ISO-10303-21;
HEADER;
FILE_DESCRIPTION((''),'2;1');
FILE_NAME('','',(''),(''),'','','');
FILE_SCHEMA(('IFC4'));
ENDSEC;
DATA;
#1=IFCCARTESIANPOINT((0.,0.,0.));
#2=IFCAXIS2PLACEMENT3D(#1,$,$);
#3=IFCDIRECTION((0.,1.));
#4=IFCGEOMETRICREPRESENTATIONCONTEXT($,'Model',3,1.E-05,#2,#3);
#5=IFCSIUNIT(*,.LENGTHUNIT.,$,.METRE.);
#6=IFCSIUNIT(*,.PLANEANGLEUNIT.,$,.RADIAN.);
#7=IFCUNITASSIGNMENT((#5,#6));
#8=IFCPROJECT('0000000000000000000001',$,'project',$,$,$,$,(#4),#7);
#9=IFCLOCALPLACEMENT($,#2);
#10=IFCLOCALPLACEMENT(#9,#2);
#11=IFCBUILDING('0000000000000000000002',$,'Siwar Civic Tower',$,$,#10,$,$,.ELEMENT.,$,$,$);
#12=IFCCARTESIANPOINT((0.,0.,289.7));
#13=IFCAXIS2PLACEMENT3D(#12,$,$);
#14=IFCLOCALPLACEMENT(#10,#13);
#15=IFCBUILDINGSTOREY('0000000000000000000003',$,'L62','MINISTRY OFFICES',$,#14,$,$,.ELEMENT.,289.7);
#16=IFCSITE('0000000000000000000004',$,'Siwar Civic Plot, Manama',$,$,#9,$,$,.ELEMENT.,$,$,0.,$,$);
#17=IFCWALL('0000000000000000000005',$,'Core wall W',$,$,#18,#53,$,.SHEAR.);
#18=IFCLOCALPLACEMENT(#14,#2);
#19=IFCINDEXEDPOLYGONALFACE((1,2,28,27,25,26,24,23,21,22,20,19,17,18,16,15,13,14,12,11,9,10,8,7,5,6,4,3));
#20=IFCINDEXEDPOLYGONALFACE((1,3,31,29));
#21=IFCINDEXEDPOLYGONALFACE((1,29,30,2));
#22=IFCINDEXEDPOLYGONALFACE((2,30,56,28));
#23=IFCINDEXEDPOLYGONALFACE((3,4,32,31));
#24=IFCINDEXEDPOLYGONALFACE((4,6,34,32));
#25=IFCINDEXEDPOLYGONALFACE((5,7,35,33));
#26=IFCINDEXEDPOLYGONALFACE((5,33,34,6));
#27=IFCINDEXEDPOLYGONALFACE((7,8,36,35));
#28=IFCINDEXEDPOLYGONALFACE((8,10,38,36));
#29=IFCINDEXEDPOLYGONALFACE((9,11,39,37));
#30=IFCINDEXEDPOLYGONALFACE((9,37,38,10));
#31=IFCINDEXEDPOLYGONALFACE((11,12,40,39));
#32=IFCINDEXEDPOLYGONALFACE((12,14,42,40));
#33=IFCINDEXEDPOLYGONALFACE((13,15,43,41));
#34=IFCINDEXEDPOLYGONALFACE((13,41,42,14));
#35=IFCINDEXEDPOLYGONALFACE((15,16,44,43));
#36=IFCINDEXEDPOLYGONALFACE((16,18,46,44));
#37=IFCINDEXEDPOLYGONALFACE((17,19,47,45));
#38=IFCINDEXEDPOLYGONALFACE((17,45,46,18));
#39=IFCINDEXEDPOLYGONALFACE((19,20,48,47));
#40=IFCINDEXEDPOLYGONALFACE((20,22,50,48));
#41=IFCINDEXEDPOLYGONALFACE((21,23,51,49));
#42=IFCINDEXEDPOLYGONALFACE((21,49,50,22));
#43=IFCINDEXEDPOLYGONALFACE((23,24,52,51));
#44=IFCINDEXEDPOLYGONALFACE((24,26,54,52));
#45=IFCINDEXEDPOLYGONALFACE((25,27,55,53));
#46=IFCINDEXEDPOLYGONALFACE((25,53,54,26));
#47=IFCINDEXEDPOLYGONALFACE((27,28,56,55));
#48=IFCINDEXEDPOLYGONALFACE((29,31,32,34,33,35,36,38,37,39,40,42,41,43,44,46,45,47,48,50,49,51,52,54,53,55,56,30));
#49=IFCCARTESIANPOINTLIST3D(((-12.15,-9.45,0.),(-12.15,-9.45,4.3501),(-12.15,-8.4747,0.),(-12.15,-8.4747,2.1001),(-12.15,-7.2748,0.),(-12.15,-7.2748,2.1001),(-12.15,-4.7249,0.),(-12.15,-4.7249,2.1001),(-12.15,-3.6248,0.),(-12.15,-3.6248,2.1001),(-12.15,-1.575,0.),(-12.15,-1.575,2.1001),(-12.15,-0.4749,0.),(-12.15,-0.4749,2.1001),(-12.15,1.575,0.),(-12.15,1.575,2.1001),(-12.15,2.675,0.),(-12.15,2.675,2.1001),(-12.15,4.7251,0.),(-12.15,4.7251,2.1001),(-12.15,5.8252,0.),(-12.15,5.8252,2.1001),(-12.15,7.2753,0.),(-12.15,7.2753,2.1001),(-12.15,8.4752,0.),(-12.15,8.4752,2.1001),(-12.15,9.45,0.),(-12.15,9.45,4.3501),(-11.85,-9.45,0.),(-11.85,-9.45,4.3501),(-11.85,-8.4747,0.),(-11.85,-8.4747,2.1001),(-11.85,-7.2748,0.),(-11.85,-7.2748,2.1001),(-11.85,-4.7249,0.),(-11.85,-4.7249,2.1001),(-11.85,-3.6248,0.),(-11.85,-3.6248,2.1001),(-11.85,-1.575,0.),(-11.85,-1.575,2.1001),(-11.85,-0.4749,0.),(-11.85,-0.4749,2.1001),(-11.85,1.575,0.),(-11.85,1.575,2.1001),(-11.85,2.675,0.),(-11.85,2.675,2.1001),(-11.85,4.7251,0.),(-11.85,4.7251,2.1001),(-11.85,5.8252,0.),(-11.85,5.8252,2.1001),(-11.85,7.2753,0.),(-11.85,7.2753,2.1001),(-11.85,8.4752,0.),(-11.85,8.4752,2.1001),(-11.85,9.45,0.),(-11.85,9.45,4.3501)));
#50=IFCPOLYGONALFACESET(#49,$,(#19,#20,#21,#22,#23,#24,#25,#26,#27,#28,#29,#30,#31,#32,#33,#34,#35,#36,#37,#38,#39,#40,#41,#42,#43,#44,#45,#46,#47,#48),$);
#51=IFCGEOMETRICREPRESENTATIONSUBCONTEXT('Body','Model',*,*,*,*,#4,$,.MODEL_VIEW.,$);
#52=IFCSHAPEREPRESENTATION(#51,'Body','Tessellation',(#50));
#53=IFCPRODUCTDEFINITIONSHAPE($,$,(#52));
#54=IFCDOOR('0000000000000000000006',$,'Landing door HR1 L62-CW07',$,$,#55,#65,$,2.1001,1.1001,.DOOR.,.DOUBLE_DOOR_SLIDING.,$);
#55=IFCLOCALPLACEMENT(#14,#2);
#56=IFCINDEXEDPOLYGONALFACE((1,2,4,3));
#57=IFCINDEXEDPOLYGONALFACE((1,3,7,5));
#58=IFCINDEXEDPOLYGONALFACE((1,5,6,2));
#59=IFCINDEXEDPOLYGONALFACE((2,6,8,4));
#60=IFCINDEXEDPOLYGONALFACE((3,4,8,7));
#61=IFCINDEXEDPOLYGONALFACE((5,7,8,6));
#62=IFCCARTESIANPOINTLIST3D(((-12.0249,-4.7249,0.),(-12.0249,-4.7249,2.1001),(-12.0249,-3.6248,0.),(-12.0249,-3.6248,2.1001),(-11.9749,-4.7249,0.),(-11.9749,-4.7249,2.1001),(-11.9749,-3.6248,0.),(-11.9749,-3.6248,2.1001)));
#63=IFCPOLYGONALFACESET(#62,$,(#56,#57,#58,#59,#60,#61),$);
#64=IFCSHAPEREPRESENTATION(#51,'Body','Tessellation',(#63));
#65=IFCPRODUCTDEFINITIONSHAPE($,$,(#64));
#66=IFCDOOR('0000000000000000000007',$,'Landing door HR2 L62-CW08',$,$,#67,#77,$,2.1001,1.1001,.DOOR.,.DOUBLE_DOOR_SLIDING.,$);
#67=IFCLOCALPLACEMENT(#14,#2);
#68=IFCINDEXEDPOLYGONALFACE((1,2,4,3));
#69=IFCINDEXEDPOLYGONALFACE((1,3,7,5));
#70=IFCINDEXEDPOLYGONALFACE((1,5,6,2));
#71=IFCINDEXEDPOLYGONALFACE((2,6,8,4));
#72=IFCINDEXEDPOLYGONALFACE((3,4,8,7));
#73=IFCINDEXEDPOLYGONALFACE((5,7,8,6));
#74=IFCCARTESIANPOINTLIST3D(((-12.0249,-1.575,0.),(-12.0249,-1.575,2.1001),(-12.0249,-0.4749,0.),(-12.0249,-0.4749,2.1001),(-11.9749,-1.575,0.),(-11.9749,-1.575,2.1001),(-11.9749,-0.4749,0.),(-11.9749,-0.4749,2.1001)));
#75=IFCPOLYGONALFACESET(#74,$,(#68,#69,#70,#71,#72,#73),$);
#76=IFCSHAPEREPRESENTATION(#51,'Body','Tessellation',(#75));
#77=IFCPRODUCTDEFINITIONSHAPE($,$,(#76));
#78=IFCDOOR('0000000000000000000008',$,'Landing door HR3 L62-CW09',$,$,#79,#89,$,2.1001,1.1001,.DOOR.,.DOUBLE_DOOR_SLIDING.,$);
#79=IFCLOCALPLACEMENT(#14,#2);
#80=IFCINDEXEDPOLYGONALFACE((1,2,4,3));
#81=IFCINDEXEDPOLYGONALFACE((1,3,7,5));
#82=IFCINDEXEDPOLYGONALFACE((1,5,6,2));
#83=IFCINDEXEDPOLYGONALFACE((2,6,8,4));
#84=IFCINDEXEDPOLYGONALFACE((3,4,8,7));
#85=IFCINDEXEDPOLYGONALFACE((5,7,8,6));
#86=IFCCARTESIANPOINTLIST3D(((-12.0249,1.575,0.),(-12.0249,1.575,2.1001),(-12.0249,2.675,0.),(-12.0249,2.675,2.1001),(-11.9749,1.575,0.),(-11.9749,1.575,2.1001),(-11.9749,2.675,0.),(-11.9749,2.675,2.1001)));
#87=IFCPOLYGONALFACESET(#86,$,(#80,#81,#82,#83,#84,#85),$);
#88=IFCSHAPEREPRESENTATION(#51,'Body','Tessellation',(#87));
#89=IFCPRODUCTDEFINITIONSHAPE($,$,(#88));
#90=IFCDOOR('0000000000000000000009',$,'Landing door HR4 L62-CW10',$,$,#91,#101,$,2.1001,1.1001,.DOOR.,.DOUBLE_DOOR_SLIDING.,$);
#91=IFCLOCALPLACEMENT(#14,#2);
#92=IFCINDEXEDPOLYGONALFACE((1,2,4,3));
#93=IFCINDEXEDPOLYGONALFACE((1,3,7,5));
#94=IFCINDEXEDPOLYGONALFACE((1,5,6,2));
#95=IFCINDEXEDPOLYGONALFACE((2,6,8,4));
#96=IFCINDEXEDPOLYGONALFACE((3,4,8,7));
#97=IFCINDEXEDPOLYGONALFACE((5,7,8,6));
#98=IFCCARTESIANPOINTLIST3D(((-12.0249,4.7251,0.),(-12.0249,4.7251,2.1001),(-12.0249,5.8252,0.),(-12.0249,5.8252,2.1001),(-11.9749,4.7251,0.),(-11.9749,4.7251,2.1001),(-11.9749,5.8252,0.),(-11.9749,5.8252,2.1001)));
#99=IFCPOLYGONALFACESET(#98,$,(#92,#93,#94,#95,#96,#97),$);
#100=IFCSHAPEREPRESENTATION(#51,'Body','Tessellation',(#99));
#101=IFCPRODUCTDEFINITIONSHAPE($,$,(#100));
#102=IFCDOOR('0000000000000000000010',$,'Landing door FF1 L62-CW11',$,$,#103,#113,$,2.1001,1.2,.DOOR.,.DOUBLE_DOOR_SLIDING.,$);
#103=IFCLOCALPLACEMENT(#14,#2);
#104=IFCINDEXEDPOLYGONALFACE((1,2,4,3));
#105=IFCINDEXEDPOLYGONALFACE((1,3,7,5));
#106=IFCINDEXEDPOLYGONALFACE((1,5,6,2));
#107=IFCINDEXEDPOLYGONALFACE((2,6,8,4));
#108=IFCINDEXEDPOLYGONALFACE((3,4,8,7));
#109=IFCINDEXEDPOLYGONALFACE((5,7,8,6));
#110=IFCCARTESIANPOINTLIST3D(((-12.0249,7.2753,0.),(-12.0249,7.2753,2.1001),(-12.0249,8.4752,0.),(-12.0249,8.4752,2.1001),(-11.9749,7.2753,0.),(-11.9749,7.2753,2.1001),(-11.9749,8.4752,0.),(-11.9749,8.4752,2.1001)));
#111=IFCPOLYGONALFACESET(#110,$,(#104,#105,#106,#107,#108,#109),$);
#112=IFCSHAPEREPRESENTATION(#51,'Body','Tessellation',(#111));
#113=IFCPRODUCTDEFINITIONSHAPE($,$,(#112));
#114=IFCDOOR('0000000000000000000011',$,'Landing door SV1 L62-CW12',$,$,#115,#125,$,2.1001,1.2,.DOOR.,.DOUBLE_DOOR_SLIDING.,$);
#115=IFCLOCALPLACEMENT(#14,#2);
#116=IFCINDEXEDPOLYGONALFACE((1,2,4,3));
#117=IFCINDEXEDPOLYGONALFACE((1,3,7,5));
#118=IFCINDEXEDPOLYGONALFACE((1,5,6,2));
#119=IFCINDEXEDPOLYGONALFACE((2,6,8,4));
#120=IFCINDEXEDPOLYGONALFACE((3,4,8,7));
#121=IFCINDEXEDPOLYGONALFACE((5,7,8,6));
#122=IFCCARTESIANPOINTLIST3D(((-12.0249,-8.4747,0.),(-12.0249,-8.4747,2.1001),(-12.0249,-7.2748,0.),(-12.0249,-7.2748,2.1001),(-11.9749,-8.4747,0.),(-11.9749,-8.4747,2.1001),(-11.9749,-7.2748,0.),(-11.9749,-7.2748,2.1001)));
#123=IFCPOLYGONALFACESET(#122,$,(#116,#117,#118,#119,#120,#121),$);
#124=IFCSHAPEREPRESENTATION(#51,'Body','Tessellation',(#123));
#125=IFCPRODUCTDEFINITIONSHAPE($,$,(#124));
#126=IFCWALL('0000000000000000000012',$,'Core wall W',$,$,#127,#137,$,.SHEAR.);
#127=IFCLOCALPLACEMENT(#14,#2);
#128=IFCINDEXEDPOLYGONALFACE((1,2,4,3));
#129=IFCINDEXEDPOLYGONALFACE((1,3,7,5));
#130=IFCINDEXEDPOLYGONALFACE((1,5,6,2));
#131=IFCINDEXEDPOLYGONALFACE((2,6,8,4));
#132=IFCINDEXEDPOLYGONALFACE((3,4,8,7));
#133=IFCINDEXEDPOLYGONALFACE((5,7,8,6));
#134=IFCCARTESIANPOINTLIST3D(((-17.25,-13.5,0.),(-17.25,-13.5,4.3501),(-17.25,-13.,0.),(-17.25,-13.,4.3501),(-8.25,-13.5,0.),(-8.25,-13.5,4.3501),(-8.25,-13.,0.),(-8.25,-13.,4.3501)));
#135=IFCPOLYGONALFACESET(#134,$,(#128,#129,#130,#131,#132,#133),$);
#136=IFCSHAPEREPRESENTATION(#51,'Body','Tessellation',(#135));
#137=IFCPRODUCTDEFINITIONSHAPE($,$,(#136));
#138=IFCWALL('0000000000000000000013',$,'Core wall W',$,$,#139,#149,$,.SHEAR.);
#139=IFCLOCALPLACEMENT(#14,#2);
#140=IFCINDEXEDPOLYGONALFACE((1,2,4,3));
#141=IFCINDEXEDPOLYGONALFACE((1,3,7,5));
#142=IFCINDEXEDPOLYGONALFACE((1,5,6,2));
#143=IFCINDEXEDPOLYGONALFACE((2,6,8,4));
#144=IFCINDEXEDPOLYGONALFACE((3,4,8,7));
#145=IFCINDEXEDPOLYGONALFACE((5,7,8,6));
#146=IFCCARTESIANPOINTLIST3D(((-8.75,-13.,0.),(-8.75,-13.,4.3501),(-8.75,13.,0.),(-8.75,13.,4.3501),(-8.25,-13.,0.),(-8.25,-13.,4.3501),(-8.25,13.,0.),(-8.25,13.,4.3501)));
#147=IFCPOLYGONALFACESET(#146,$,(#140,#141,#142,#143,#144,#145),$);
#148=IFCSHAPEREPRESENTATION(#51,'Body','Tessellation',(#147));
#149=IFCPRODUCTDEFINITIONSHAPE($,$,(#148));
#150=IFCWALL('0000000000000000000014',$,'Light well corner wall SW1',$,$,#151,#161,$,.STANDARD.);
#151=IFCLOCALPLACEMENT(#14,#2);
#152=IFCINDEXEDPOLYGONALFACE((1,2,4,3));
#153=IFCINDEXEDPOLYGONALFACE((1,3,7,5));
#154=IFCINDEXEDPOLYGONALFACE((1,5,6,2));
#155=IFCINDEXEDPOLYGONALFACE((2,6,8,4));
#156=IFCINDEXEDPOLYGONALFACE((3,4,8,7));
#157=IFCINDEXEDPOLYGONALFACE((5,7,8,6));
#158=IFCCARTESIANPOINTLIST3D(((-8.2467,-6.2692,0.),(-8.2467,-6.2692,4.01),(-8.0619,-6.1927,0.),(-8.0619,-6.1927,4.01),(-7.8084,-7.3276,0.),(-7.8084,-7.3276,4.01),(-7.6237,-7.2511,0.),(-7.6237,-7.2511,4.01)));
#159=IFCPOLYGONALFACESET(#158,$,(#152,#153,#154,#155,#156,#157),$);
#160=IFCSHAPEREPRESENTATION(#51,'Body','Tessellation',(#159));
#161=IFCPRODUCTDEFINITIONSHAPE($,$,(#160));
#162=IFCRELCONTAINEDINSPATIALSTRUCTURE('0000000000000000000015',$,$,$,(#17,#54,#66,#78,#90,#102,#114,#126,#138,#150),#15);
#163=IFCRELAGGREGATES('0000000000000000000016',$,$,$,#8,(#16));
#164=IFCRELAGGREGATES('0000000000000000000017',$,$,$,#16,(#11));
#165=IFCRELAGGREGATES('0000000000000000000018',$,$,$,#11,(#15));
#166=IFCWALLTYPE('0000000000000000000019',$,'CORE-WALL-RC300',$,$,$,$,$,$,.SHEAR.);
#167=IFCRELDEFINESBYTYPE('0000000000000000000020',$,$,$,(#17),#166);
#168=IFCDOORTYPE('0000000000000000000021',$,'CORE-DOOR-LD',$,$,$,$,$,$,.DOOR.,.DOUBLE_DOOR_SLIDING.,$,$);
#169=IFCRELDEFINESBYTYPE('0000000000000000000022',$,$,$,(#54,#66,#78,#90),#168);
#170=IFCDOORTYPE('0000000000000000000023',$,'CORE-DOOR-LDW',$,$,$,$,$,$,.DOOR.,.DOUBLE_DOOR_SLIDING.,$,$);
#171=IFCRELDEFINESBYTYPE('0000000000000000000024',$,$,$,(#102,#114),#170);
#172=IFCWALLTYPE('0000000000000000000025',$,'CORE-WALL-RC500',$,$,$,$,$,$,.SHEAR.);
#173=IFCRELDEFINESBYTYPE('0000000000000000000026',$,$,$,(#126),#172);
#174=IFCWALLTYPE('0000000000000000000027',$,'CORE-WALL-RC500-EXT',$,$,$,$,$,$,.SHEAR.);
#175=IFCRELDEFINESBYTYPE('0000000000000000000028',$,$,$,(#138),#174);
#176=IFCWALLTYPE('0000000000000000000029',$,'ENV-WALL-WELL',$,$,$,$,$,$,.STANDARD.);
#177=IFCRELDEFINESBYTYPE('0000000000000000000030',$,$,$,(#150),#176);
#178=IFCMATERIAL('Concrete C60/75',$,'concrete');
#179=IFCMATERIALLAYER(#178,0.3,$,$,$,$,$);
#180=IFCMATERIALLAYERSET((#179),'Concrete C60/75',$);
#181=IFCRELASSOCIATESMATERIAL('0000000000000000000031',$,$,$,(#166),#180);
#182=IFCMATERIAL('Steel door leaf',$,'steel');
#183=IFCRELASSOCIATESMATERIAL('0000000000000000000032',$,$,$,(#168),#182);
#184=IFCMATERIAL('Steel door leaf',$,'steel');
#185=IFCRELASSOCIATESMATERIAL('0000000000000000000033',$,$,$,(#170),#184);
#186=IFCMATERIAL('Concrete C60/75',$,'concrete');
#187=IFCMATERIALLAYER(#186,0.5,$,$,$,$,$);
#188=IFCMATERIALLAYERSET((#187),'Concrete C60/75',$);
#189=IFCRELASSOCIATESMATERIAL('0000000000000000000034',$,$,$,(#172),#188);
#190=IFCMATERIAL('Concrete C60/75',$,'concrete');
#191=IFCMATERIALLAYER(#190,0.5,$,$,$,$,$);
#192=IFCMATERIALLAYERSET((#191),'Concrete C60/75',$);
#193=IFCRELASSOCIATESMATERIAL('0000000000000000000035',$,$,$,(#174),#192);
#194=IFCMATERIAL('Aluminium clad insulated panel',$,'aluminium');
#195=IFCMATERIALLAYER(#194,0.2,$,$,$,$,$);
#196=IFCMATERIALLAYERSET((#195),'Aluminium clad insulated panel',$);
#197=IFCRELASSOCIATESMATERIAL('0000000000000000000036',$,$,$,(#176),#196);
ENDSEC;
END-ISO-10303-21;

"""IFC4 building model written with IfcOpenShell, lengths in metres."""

from ifc_helpers import new_model, si_unit, direction, frame, frame_2d, origin, place, context, subcontext, project, spatial, rectangle, extrude, material, layer, layer_set, type_object, element, fill, save


model = new_model("IFC4")

# Units and contexts
model_context = context("Model", 3, precision=1e-05, world=origin(), true_north=direction((0.0, 1.0)))
body_context = subcontext(model_context, "Body", "Model", "MODEL_VIEW")
ifc_project = project(units=[si_unit("LENGTHUNIT", "METRE"), si_unit("PLANEANGLEUNIT", "RADIAN")], contexts=[model_context])

# Site, building, storey
site_placement = place(None, origin())
site = spatial("IfcSite", under=ifc_project, at=site_placement, Name="Siwar Civic Plot, Manama", CompositionType="ELEMENT", RefElevation=0.0)
building_placement = place(site_placement, origin())
building = spatial("IfcBuilding", under=site, at=building_placement, Name="Siwar Civic Tower", CompositionType="ELEMENT")
storey_placement = place(building_placement, frame((0.0, 0.0, 289.7)))
storey = spatial("IfcBuildingStorey", under=building, at=storey_placement, Name="L62", Description="MINISTRY OFFICES", CompositionType="ELEMENT", Elevation=289.7)

# Wall, openings, doors
ifc_material_1 = material(Name="Concrete C60/75", Category="concrete")
ifc_layer_1 = layer(ifc_material_1, 0.3)
ifc_layer_set_1 = layer_set([ifc_layer_1], Name="Concrete C60/75")
wall_type_1 = type_object("IfcWallType", Name="CORE-WALL-RC300", PredefinedType="SHEAR", material=ifc_layer_set_1)
wall_1_placement = place(storey_placement, frame((-12.0, -9.45, 0.0), z_axis=(0.0, 0.0, 1.0), x_axis=(0.0, 1.0, 0.0)))
wall_1 = element("IfcWall", 1, at=wall_1_placement, inside=storey, type_object=wall_type_1, Name="Core wall W", PredefinedType="SHEAR", context=body_context, shape_type="SweptSolid", body=[
    extrude(rectangle(XDim=18.8999, YDim=0.3, at=frame_2d((9.45, 0.0))), origin(), (0.0, 0.0, 1.0), 4.3501),
])
opening_1_placement = place(wall_1_placement, frame((4.7251, 0.0, 0.0)))
opening_1 = element("IfcOpeningElement", 2, at=opening_1_placement, cuts=wall_1, PredefinedType="OPENING", context=body_context, shape_type="SweptSolid", body=[
    extrude(rectangle(XDim=1.1001, YDim=2.1001, at=frame_2d((0.55, 1.05))), frame((0.0, 0.1602, 0.0), z_axis=(0.0, -1.0, 0.0), x_axis=(1.0, 0.0, 0.0)), (0.0, 0.0, 1.0), 0.3201),
])
opening_2_placement = place(wall_1_placement, frame((7.875, 0.0, 0.0)))
opening_2 = element("IfcOpeningElement", 3, at=opening_2_placement, cuts=wall_1, PredefinedType="OPENING", context=body_context, shape_type="SweptSolid", body=[
    extrude(rectangle(XDim=1.1001, YDim=2.1001, at=frame_2d((0.55, 1.05))), frame((0.0, 0.1602, 0.0), z_axis=(0.0, -1.0, 0.0), x_axis=(1.0, 0.0, 0.0)), (0.0, 0.0, 1.0), 0.3201),
])
opening_3_placement = place(wall_1_placement, frame((11.0249, 0.0, 0.0)))
opening_3 = element("IfcOpeningElement", 4, at=opening_3_placement, cuts=wall_1, PredefinedType="OPENING", context=body_context, shape_type="SweptSolid", body=[
    extrude(rectangle(XDim=1.1001, YDim=2.1001, at=frame_2d((0.55, 1.05))), frame((0.0, 0.1602, 0.0), z_axis=(0.0, -1.0, 0.0), x_axis=(1.0, 0.0, 0.0)), (0.0, 0.0, 1.0), 0.3201),
])
opening_4_placement = place(wall_1_placement, frame((14.175, 0.0, 0.0)))
opening_4 = element("IfcOpeningElement", 5, at=opening_4_placement, cuts=wall_1, PredefinedType="OPENING", context=body_context, shape_type="SweptSolid", body=[
    extrude(rectangle(XDim=1.1001, YDim=2.1001, at=frame_2d((0.55, 1.05))), frame((0.0, 0.1602, 0.0), z_axis=(0.0, -1.0, 0.0), x_axis=(1.0, 0.0, 0.0)), (0.0, 0.0, 1.0), 0.3201),
])
opening_5_placement = place(wall_1_placement, frame((16.7251, 0.0, 0.0)))
opening_5 = element("IfcOpeningElement", 6, at=opening_5_placement, cuts=wall_1, PredefinedType="OPENING", context=body_context, shape_type="SweptSolid", body=[
    extrude(rectangle(XDim=1.2, YDim=2.1001, at=frame_2d((0.6001, 1.05))), frame((0.0, 0.1602, 0.0), z_axis=(0.0, -1.0, 0.0), x_axis=(1.0, 0.0, 0.0)), (0.0, 0.0, 1.0), 0.3201),
])
opening_6_placement = place(wall_1_placement, frame((0.9751, 0.0, 0.0)))
opening_6 = element("IfcOpeningElement", 7, at=opening_6_placement, cuts=wall_1, PredefinedType="OPENING", context=body_context, shape_type="SweptSolid", body=[
    extrude(rectangle(XDim=1.2, YDim=2.1001, at=frame_2d((0.6001, 1.05))), frame((0.0, 0.1602, 0.0), z_axis=(0.0, -1.0, 0.0), x_axis=(1.0, 0.0, 0.0)), (0.0, 0.0, 1.0), 0.3201),
])
ifc_material_2 = material(Name="Steel door leaf", Category="steel")
door_type_1 = type_object("IfcDoorType", Name="CORE-DOOR-LD", OperationType="DOUBLE_DOOR_SLIDING", PredefinedType="DOOR", material=ifc_material_2)
door_1_placement = place(opening_1_placement, origin())
door_1 = element("IfcDoor", 8, at=door_1_placement, inside=storey, type_object=door_type_1, Name="Landing door HR1 L62-CW07", OperationType="DOUBLE_DOOR_SLIDING", OverallHeight=2.1001, OverallWidth=1.1001, PredefinedType="DOOR", context=body_context, shape_type="SweptSolid", body=[
    extrude(rectangle(XDim=1.1001, YDim=2.1001, at=frame_2d((0.55, 1.05))), frame((0.0, 0.0249, 0.0), z_axis=(0.0, -1.0, 0.0), x_axis=(1.0, 0.0, 0.0)), (0.0, 0.0, 1.0), 0.05),
])
fill(opening_1, door_1)
door_2_placement = place(opening_2_placement, origin())
door_2 = element("IfcDoor", 9, at=door_2_placement, inside=storey, type_object=door_type_1, Name="Landing door HR2 L62-CW08", OperationType="DOUBLE_DOOR_SLIDING", OverallHeight=2.1001, OverallWidth=1.1001, PredefinedType="DOOR", context=body_context, shape_type="SweptSolid", body=[
    extrude(rectangle(XDim=1.1001, YDim=2.1001, at=frame_2d((0.55, 1.05))), frame((0.0, 0.0249, 0.0), z_axis=(0.0, -1.0, 0.0), x_axis=(1.0, 0.0, 0.0)), (0.0, 0.0, 1.0), 0.05),
])
fill(opening_2, door_2)
door_3_placement = place(opening_3_placement, origin())
door_3 = element("IfcDoor", 10, at=door_3_placement, inside=storey, type_object=door_type_1, Name="Landing door HR3 L62-CW09", OperationType="DOUBLE_DOOR_SLIDING", OverallHeight=2.1001, OverallWidth=1.1001, PredefinedType="DOOR", context=body_context, shape_type="SweptSolid", body=[
    extrude(rectangle(XDim=1.1001, YDim=2.1001, at=frame_2d((0.55, 1.05))), frame((0.0, 0.0249, 0.0), z_axis=(0.0, -1.0, 0.0), x_axis=(1.0, 0.0, 0.0)), (0.0, 0.0, 1.0), 0.05),
])
fill(opening_3, door_3)
door_4_placement = place(opening_4_placement, origin())
door_4 = element("IfcDoor", 11, at=door_4_placement, inside=storey, type_object=door_type_1, Name="Landing door HR4 L62-CW10", OperationType="DOUBLE_DOOR_SLIDING", OverallHeight=2.1001, OverallWidth=1.1001, PredefinedType="DOOR", context=body_context, shape_type="SweptSolid", body=[
    extrude(rectangle(XDim=1.1001, YDim=2.1001, at=frame_2d((0.55, 1.05))), frame((0.0, 0.0249, 0.0), z_axis=(0.0, -1.0, 0.0), x_axis=(1.0, 0.0, 0.0)), (0.0, 0.0, 1.0), 0.05),
])
fill(opening_4, door_4)
ifc_material_3 = material(Name="Steel door leaf", Category="steel")
door_type_2 = type_object("IfcDoorType", Name="CORE-DOOR-LDW", OperationType="DOUBLE_DOOR_SLIDING", PredefinedType="DOOR", material=ifc_material_3)
door_5_placement = place(opening_5_placement, origin())
door_5 = element("IfcDoor", 12, at=door_5_placement, inside=storey, type_object=door_type_2, Name="Landing door FF1 L62-CW11", OperationType="DOUBLE_DOOR_SLIDING", OverallHeight=2.1001, OverallWidth=1.2, PredefinedType="DOOR", context=body_context, shape_type="SweptSolid", body=[
    extrude(rectangle(XDim=1.2, YDim=2.1001, at=frame_2d((0.6001, 1.05))), frame((0.0, 0.0249, 0.0), z_axis=(0.0, -1.0, 0.0), x_axis=(1.0, 0.0, 0.0)), (0.0, 0.0, 1.0), 0.05),
])
fill(opening_5, door_5)
door_6_placement = place(opening_6_placement, origin())
door_6 = element("IfcDoor", 13, at=door_6_placement, inside=storey, type_object=door_type_2, Name="Landing door SV1 L62-CW12", OperationType="DOUBLE_DOOR_SLIDING", OverallHeight=2.1001, OverallWidth=1.2, PredefinedType="DOOR", context=body_context, shape_type="SweptSolid", body=[
    extrude(rectangle(XDim=1.2, YDim=2.1001, at=frame_2d((0.6001, 1.05))), frame((0.0, 0.0249, 0.0), z_axis=(0.0, -1.0, 0.0), x_axis=(1.0, 0.0, 0.0)), (0.0, 0.0, 1.0), 0.05),
])
fill(opening_6, door_6)

# Walls
ifc_material_4 = material(Name="Concrete C60/75", Category="concrete")
ifc_layer_2 = layer(ifc_material_4, 0.5)
ifc_layer_set_2 = layer_set([ifc_layer_2], Name="Concrete C60/75")
wall_type_2 = type_object("IfcWallType", Name="CORE-WALL-RC500", PredefinedType="SHEAR", material=ifc_layer_set_2)
wall_2_placement = place(storey_placement, frame((-8.25, -13.25, 0.0), z_axis=(0.0, 0.0, 1.0), x_axis=(-1.0, 0.0, 0.0)))
element("IfcWall", 14, at=wall_2_placement, inside=storey, type_object=wall_type_2, Name="Core wall W", PredefinedType="SHEAR", context=body_context, shape_type="SweptSolid", body=[
    extrude(rectangle(XDim=9.0, YDim=0.5, at=frame_2d((4.5, 0.0))), origin(), (0.0, 0.0, 1.0), 4.3501),
])
ifc_material_5 = material(Name="Concrete C60/75", Category="concrete")
ifc_layer_3 = layer(ifc_material_5, 0.5)
ifc_layer_set_3 = layer_set([ifc_layer_3], Name="Concrete C60/75")
wall_type_3 = type_object("IfcWallType", Name="CORE-WALL-RC500-EXT", PredefinedType="SHEAR", material=ifc_layer_set_3)
wall_3_placement = place(storey_placement, frame((-8.5, -13.0, 0.0), z_axis=(0.0, 0.0, 1.0), x_axis=(0.0, 1.0, 0.0)))
element("IfcWall", 15, at=wall_3_placement, inside=storey, type_object=wall_type_3, Name="Core wall W", PredefinedType="SHEAR", context=body_context, shape_type="SweptSolid", body=[
    extrude(rectangle(XDim=26.0, YDim=0.5, at=frame_2d((13.0, 0.0))), origin(), (0.0, 0.0, 1.0), 4.3501),
])
ifc_material_6 = material(Name="Aluminium clad insulated panel", Category="aluminium")
ifc_layer_4 = layer(ifc_material_6, 0.2)
ifc_layer_set_4 = layer_set([ifc_layer_4], Name="Aluminium clad insulated panel")
wall_type_4 = type_object("IfcWallType", Name="ENV-WALL-WELL", PredefinedType="STANDARD", material=ifc_layer_set_4)
wall_4_placement = place(storey_placement, frame((-8.1543, -6.231, 0.0), z_axis=(0.0, 0.0, 1.0), x_axis=(0.382571, -0.923926, 0.0)))
element("IfcWall", 16, at=wall_4_placement, inside=storey, type_object=wall_type_4, Name="Light well corner wall SW1", PredefinedType="STANDARD", context=body_context, shape_type="SweptSolid", body=[
    extrude(rectangle(XDim=1.1455, YDim=0.2, at=frame_2d((0.5728, 0.0))), origin(), (0.0, 0.0, 1.0), 4.01),
])

save(model, "model.ifc")
